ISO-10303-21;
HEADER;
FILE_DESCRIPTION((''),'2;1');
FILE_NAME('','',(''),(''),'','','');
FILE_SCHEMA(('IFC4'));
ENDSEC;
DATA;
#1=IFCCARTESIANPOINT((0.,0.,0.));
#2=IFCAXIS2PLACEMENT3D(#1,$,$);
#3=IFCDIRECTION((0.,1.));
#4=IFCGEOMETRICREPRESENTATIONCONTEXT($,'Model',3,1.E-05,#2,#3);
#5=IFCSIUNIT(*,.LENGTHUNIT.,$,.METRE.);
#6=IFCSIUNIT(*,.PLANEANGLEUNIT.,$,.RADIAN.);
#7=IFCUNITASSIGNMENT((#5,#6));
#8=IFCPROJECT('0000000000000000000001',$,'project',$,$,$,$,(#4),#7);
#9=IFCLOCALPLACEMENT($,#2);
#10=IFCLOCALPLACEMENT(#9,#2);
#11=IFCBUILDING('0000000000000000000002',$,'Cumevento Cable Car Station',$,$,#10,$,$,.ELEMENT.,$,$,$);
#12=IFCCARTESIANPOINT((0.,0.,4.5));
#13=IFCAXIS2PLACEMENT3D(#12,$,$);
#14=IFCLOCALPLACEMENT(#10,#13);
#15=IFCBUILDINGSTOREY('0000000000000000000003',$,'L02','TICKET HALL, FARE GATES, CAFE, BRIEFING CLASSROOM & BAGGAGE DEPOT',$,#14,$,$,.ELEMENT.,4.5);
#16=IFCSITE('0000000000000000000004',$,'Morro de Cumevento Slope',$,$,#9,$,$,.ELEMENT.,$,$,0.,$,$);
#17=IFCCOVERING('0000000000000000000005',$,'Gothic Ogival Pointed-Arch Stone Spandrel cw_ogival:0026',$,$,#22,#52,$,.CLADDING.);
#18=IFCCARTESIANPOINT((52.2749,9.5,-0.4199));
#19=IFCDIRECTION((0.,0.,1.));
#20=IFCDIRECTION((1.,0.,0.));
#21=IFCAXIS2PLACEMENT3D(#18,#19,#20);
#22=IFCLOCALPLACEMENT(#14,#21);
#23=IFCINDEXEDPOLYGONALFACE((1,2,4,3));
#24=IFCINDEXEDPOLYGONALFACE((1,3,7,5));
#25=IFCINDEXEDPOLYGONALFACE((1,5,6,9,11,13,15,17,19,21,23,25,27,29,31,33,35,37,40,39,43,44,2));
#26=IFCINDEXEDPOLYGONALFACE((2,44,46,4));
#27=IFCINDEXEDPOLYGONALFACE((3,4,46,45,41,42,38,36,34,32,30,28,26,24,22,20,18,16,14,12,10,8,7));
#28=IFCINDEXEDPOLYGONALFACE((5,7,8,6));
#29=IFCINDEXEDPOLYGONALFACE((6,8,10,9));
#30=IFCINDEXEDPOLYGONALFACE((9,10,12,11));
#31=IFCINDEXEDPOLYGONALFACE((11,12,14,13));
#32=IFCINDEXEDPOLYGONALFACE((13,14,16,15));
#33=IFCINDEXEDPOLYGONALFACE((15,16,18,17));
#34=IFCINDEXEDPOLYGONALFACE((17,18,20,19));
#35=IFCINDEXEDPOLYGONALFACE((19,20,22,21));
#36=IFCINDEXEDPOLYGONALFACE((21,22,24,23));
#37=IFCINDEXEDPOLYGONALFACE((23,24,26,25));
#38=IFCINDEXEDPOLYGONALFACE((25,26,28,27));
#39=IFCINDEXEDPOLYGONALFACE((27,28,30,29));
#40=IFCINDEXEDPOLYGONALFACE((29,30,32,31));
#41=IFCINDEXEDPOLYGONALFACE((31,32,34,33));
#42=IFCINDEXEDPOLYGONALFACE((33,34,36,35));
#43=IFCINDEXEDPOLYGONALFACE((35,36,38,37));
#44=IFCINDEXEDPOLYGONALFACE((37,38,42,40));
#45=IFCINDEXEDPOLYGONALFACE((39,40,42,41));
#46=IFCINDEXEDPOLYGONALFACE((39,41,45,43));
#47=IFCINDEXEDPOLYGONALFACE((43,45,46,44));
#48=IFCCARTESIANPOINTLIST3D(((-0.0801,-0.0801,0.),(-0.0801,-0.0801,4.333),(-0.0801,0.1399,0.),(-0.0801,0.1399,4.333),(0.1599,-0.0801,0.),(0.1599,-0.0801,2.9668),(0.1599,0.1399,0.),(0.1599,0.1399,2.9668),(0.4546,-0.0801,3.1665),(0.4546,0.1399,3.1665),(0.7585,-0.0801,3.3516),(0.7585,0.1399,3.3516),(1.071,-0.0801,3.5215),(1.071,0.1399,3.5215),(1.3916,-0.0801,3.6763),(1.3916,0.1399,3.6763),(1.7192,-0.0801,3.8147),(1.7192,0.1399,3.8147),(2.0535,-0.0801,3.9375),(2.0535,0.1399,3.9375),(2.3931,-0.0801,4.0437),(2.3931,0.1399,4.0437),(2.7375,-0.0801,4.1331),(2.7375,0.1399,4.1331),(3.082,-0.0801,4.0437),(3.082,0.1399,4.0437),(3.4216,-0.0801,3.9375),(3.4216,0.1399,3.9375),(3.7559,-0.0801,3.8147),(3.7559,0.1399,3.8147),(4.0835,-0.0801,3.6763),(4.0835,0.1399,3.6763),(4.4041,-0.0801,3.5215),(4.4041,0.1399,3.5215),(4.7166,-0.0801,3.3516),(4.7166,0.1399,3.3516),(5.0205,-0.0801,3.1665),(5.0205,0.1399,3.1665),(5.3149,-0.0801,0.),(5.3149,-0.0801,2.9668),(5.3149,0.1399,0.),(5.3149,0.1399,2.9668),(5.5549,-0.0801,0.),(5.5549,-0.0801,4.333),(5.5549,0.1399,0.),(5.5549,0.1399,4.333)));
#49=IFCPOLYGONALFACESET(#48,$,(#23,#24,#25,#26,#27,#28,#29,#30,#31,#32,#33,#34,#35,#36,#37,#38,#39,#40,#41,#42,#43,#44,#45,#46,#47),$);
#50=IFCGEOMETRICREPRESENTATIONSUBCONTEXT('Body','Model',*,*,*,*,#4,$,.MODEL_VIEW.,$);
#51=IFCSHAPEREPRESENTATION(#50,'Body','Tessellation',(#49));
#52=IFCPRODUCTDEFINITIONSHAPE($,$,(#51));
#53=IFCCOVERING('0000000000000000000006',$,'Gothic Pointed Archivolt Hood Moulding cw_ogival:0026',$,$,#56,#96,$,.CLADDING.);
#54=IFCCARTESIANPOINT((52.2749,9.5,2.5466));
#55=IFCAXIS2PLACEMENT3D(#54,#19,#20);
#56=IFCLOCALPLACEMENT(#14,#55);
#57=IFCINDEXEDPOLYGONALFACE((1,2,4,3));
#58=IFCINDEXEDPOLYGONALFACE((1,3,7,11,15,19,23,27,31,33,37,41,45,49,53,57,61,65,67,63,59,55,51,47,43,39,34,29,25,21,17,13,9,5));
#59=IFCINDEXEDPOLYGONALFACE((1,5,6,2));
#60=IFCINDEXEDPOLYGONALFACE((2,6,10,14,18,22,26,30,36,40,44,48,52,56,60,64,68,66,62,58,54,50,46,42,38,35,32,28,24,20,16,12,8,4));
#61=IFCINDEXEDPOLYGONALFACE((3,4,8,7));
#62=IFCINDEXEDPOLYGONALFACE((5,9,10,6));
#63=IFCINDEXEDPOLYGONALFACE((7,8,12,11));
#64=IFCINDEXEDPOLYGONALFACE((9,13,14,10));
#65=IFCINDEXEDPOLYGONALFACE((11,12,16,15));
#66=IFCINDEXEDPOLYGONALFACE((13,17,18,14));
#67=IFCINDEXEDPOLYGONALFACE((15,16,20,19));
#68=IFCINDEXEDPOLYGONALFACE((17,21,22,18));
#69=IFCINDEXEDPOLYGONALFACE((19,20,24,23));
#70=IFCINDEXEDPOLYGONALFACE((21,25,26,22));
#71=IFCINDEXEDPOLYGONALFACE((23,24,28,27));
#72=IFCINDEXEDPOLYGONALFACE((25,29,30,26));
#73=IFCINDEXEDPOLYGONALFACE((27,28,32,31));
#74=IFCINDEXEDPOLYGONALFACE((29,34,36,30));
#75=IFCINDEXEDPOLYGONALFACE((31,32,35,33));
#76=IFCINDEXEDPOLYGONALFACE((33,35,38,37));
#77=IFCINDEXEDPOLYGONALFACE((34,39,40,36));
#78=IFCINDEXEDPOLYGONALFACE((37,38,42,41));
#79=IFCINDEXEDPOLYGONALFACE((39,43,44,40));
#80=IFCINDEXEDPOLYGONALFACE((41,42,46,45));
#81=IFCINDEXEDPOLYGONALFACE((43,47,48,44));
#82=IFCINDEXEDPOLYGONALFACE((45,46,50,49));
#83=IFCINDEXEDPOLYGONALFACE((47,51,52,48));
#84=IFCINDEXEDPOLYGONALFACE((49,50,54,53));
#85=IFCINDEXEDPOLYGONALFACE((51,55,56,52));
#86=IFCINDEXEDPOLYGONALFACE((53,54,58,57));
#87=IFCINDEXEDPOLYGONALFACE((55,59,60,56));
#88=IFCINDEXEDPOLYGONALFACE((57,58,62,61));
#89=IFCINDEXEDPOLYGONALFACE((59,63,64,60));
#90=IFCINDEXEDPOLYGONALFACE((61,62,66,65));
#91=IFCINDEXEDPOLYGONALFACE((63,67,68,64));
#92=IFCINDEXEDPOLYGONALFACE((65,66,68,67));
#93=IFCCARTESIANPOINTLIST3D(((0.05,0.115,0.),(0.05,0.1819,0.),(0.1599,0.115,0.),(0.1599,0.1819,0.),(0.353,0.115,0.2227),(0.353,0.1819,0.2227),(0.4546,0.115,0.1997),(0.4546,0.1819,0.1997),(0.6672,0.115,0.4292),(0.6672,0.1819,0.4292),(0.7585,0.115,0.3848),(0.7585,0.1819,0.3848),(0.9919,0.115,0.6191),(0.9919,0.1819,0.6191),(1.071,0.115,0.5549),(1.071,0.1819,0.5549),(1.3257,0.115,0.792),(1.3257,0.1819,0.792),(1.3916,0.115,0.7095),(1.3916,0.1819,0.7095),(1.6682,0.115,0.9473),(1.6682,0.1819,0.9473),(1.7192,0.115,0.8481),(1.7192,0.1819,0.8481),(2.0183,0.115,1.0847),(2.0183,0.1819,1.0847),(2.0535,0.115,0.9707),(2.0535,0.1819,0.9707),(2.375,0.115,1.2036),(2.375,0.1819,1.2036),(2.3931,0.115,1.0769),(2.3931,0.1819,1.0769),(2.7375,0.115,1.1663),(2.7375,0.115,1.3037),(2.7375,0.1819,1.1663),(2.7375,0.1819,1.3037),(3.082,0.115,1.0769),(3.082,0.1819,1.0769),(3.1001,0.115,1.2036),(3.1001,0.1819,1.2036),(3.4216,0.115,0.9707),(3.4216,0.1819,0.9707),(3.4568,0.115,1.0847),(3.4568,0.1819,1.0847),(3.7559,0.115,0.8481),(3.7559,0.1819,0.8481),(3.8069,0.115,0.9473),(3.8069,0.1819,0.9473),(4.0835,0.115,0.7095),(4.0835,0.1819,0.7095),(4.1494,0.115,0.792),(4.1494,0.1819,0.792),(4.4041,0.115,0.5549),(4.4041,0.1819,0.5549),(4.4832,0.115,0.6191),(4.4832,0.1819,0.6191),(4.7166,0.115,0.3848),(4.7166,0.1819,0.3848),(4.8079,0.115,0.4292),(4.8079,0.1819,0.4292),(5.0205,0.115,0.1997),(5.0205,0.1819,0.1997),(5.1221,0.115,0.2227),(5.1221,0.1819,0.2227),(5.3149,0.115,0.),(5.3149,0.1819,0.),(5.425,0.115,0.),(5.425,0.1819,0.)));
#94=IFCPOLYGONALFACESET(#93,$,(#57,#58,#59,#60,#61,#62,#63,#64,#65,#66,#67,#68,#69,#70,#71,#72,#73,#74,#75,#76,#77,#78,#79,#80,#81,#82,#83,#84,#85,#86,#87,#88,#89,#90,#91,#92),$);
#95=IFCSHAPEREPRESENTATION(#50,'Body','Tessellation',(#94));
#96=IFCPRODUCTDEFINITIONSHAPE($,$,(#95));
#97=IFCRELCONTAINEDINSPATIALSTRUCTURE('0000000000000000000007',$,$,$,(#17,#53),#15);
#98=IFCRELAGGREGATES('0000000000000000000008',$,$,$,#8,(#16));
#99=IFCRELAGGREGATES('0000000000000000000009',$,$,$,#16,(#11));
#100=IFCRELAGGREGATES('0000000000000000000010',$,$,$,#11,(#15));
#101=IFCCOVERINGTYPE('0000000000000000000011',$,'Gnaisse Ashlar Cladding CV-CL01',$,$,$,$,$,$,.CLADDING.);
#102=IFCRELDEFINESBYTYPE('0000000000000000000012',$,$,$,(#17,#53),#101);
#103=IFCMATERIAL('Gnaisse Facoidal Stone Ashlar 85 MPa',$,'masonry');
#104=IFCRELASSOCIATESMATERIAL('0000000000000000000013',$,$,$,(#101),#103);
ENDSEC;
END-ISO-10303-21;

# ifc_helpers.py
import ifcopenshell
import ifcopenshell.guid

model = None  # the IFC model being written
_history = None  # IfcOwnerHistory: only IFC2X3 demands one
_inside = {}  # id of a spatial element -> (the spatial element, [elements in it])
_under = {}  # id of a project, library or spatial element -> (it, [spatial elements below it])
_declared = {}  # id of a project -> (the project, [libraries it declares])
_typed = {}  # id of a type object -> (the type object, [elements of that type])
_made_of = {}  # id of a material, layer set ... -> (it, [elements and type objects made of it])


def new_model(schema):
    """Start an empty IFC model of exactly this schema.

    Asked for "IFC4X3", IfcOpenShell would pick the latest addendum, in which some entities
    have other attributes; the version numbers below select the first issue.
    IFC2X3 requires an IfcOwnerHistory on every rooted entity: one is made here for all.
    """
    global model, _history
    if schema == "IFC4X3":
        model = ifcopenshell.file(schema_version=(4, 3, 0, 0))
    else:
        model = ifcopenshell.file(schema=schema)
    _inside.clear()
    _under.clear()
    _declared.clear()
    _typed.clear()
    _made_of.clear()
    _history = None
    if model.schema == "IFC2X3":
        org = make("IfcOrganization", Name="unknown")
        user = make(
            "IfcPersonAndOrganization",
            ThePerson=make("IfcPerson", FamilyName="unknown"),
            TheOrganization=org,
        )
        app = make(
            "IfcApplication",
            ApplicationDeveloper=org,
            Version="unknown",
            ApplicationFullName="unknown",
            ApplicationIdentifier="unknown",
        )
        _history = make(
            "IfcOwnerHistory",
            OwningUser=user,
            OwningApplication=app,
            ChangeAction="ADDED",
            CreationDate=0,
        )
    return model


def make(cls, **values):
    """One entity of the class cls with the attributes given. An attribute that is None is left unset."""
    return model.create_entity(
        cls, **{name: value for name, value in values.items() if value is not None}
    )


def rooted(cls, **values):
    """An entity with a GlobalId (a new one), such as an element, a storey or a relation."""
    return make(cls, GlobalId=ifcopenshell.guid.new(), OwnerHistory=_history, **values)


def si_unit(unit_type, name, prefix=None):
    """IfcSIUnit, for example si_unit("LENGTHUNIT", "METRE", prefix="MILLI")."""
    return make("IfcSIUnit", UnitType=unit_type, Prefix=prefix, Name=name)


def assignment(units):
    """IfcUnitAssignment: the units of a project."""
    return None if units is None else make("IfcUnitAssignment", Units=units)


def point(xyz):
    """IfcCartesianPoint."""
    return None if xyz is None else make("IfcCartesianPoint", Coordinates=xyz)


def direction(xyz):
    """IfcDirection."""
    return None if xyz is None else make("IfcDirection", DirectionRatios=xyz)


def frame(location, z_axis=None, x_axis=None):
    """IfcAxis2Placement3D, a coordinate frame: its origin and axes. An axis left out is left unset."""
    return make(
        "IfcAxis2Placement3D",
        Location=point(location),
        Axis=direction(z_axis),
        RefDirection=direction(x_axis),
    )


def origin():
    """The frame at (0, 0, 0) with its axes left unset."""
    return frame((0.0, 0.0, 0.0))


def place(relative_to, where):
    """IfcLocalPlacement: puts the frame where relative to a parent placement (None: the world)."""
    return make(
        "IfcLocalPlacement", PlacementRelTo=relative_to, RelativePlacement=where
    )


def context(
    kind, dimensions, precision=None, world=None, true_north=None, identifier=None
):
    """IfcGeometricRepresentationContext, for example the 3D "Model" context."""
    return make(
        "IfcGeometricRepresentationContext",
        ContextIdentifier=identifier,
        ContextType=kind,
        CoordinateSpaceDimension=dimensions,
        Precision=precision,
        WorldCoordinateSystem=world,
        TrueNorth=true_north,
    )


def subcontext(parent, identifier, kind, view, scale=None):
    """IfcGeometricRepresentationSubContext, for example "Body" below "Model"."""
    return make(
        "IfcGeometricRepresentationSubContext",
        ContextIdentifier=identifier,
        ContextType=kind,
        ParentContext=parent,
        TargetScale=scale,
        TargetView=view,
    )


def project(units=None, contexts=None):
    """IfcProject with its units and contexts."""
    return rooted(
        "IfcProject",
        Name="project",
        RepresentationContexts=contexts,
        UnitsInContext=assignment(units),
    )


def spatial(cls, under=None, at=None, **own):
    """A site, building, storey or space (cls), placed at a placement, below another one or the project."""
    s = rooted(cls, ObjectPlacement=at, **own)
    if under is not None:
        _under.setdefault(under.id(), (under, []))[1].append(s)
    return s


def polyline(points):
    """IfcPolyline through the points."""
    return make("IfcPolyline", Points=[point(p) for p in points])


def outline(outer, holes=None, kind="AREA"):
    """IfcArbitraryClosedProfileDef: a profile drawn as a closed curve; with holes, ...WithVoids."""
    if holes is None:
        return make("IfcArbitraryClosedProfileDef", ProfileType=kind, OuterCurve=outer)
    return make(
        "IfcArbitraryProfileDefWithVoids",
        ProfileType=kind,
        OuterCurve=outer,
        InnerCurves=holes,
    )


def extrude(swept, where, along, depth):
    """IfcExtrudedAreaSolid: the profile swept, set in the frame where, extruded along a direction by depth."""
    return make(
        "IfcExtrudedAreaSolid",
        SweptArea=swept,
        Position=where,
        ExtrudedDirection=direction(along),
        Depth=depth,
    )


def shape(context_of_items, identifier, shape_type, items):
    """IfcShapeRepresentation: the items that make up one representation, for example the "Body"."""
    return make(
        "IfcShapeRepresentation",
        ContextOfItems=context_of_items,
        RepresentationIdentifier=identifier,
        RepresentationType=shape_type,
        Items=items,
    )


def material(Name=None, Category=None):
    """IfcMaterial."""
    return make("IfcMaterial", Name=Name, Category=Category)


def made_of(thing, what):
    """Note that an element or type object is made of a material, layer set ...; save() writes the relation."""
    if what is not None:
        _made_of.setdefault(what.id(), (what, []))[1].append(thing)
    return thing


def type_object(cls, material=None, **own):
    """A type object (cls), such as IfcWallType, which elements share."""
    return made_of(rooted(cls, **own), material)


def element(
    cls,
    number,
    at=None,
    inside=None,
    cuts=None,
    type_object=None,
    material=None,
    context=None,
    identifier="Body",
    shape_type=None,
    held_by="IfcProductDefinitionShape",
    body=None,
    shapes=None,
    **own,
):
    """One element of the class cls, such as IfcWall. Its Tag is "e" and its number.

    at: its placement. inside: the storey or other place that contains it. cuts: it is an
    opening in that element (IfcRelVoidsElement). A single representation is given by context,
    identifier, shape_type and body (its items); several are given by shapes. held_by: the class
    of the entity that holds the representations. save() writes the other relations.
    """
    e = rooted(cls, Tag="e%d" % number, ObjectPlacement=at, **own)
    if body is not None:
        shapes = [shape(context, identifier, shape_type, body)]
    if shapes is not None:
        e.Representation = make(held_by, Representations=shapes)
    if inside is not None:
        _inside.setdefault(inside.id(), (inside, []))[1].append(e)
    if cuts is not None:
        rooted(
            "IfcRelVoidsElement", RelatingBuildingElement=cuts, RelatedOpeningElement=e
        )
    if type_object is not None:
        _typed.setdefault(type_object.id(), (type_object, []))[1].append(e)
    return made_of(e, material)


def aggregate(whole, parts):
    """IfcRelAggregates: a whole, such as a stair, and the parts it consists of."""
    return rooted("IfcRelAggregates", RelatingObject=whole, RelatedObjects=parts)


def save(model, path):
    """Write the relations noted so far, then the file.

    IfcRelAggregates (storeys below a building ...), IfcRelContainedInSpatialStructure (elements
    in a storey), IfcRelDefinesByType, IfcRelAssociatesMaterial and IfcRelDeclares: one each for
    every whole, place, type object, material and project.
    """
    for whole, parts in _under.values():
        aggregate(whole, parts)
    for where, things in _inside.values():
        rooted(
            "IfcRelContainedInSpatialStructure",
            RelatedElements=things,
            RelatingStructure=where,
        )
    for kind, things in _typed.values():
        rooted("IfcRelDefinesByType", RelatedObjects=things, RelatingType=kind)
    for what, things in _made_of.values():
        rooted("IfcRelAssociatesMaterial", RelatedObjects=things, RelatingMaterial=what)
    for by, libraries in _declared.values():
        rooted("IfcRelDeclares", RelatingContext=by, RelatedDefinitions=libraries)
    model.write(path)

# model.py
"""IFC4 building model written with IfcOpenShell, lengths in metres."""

from ifc_helpers import new_model, si_unit, direction, frame, origin, place, context, subcontext, project, spatial, polyline, outline, extrude, material, type_object, element, save


model = new_model("IFC4")

# Units and contexts
model_context = context("Model", 3, precision=1e-05, world=origin(), true_north=direction((0.0, 1.0)))
body_context = subcontext(model_context, "Body", "Model", "MODEL_VIEW")
ifc_project = project(units=[si_unit("LENGTHUNIT", "METRE"), si_unit("PLANEANGLEUNIT", "RADIAN")], contexts=[model_context])

# Site, building, storey
site_placement = place(None, origin())
site = spatial("IfcSite", under=ifc_project, at=site_placement, Name="Morro de Cumevento Slope", CompositionType="ELEMENT", RefElevation=0.0)
building_placement = place(site_placement, origin())
building = spatial("IfcBuilding", under=site, at=building_placement, Name="Cumevento Cable Car Station", CompositionType="ELEMENT")
storey_placement = place(building_placement, frame((0.0, 0.0, 4.5)))
storey = spatial("IfcBuildingStorey", under=building, at=storey_placement, Name="L02", Description="TICKET HALL, FARE GATES, CAFE, BRIEFING CLASSROOM & BAGGAGE DEPOT", CompositionType="ELEMENT", Elevation=4.5)

# Coverings
ifc_material_1 = material(Name="Gnaisse Facoidal Stone Ashlar 85 MPa", Category="masonry")
covering_type = type_object("IfcCoveringType", Name="Gnaisse Ashlar Cladding CV-CL01", PredefinedType="CLADDING", material=ifc_material_1)
covering_1_placement = place(storey_placement, frame((52.2749, 9.5, -0.4199), z_axis=(0.0, 0.0, 1.0), x_axis=(1.0, 0.0, 0.0)))
element("IfcCovering", 1, at=covering_1_placement, inside=storey, type_object=covering_type, Name="Gothic Ogival Pointed-Arch Stone Spandrel cw_ogival:0026", PredefinedType="CLADDING", context=body_context, shape_type="SweptSolid", body=[
    extrude(outline(polyline([(-0.0801, 0.0), (-0.0801, 4.333), (5.5549, 4.333), (5.5549, 0.0), (5.3149, 0.0), (5.3149, 2.9668), (5.0205, 3.1665), (4.7166, 3.3516), (4.4041, 3.5215), (4.0835, 3.6763), (3.7559, 3.8147), (3.4216, 3.9375), (3.082, 4.0437), (2.7375, 4.1331), (2.3931, 4.0437), (2.0535, 3.9375), (1.7192, 3.8147), (1.3916, 3.6763), (1.071, 3.5215), (0.7585, 3.3516), (0.4546, 3.1665), (0.1599, 2.9668), (0.1599, 0.0), (-0.0801, 0.0)])), frame((0.0, 0.1399, 0.0), z_axis=(0.0, -1.0, 0.0), x_axis=(1.0, 0.0, 0.0)), (0.0, 0.0, 1.0), 0.22),
])
covering_2_placement = place(storey_placement, frame((52.2749, 9.5, 2.5466), z_axis=(0.0, 0.0, 1.0), x_axis=(1.0, 0.0, 0.0)))
element("IfcCovering", 2, at=covering_2_placement, inside=storey, type_object=covering_type, Name="Gothic Pointed Archivolt Hood Moulding cw_ogival:0026", PredefinedType="CLADDING", context=body_context, shape_type="SweptSolid", body=[
    extrude(outline(polyline([(0.1599, 0.0), (0.4546, 0.1997), (0.7585, 0.3848), (1.071, 0.5549), (1.3916, 0.7095), (1.7192, 0.8481), (2.0535, 0.9707), (2.3931, 1.0769), (2.7375, 1.1663), (3.082, 1.0769), (3.4216, 0.9707), (3.7559, 0.8481), (4.0835, 0.7095), (4.4041, 0.5549), (4.7166, 0.3848), (5.0205, 0.1997), (5.3149, 0.0), (5.425, 0.0), (5.1221, 0.2227), (4.8079, 0.4292), (4.4832, 0.6191), (4.1494, 0.792), (3.8069, 0.9473), (3.4568, 1.0847), (3.1001, 1.2036), (2.7375, 1.3037), (2.375, 1.2036), (2.0183, 1.0847), (1.6682, 0.9473), (1.3257, 0.792), (0.9919, 0.6191), (0.6672, 0.4292), (0.353, 0.2227), (0.05, 0.0), (0.1599, 0.0)])), frame((0.0, 0.1819, 0.0), z_axis=(0.0, -1.0, 0.0), x_axis=(1.0, 0.0, 0.0)), (0.0, 0.0, 1.0), 0.0669),
])

save(model, "model.ifc")
